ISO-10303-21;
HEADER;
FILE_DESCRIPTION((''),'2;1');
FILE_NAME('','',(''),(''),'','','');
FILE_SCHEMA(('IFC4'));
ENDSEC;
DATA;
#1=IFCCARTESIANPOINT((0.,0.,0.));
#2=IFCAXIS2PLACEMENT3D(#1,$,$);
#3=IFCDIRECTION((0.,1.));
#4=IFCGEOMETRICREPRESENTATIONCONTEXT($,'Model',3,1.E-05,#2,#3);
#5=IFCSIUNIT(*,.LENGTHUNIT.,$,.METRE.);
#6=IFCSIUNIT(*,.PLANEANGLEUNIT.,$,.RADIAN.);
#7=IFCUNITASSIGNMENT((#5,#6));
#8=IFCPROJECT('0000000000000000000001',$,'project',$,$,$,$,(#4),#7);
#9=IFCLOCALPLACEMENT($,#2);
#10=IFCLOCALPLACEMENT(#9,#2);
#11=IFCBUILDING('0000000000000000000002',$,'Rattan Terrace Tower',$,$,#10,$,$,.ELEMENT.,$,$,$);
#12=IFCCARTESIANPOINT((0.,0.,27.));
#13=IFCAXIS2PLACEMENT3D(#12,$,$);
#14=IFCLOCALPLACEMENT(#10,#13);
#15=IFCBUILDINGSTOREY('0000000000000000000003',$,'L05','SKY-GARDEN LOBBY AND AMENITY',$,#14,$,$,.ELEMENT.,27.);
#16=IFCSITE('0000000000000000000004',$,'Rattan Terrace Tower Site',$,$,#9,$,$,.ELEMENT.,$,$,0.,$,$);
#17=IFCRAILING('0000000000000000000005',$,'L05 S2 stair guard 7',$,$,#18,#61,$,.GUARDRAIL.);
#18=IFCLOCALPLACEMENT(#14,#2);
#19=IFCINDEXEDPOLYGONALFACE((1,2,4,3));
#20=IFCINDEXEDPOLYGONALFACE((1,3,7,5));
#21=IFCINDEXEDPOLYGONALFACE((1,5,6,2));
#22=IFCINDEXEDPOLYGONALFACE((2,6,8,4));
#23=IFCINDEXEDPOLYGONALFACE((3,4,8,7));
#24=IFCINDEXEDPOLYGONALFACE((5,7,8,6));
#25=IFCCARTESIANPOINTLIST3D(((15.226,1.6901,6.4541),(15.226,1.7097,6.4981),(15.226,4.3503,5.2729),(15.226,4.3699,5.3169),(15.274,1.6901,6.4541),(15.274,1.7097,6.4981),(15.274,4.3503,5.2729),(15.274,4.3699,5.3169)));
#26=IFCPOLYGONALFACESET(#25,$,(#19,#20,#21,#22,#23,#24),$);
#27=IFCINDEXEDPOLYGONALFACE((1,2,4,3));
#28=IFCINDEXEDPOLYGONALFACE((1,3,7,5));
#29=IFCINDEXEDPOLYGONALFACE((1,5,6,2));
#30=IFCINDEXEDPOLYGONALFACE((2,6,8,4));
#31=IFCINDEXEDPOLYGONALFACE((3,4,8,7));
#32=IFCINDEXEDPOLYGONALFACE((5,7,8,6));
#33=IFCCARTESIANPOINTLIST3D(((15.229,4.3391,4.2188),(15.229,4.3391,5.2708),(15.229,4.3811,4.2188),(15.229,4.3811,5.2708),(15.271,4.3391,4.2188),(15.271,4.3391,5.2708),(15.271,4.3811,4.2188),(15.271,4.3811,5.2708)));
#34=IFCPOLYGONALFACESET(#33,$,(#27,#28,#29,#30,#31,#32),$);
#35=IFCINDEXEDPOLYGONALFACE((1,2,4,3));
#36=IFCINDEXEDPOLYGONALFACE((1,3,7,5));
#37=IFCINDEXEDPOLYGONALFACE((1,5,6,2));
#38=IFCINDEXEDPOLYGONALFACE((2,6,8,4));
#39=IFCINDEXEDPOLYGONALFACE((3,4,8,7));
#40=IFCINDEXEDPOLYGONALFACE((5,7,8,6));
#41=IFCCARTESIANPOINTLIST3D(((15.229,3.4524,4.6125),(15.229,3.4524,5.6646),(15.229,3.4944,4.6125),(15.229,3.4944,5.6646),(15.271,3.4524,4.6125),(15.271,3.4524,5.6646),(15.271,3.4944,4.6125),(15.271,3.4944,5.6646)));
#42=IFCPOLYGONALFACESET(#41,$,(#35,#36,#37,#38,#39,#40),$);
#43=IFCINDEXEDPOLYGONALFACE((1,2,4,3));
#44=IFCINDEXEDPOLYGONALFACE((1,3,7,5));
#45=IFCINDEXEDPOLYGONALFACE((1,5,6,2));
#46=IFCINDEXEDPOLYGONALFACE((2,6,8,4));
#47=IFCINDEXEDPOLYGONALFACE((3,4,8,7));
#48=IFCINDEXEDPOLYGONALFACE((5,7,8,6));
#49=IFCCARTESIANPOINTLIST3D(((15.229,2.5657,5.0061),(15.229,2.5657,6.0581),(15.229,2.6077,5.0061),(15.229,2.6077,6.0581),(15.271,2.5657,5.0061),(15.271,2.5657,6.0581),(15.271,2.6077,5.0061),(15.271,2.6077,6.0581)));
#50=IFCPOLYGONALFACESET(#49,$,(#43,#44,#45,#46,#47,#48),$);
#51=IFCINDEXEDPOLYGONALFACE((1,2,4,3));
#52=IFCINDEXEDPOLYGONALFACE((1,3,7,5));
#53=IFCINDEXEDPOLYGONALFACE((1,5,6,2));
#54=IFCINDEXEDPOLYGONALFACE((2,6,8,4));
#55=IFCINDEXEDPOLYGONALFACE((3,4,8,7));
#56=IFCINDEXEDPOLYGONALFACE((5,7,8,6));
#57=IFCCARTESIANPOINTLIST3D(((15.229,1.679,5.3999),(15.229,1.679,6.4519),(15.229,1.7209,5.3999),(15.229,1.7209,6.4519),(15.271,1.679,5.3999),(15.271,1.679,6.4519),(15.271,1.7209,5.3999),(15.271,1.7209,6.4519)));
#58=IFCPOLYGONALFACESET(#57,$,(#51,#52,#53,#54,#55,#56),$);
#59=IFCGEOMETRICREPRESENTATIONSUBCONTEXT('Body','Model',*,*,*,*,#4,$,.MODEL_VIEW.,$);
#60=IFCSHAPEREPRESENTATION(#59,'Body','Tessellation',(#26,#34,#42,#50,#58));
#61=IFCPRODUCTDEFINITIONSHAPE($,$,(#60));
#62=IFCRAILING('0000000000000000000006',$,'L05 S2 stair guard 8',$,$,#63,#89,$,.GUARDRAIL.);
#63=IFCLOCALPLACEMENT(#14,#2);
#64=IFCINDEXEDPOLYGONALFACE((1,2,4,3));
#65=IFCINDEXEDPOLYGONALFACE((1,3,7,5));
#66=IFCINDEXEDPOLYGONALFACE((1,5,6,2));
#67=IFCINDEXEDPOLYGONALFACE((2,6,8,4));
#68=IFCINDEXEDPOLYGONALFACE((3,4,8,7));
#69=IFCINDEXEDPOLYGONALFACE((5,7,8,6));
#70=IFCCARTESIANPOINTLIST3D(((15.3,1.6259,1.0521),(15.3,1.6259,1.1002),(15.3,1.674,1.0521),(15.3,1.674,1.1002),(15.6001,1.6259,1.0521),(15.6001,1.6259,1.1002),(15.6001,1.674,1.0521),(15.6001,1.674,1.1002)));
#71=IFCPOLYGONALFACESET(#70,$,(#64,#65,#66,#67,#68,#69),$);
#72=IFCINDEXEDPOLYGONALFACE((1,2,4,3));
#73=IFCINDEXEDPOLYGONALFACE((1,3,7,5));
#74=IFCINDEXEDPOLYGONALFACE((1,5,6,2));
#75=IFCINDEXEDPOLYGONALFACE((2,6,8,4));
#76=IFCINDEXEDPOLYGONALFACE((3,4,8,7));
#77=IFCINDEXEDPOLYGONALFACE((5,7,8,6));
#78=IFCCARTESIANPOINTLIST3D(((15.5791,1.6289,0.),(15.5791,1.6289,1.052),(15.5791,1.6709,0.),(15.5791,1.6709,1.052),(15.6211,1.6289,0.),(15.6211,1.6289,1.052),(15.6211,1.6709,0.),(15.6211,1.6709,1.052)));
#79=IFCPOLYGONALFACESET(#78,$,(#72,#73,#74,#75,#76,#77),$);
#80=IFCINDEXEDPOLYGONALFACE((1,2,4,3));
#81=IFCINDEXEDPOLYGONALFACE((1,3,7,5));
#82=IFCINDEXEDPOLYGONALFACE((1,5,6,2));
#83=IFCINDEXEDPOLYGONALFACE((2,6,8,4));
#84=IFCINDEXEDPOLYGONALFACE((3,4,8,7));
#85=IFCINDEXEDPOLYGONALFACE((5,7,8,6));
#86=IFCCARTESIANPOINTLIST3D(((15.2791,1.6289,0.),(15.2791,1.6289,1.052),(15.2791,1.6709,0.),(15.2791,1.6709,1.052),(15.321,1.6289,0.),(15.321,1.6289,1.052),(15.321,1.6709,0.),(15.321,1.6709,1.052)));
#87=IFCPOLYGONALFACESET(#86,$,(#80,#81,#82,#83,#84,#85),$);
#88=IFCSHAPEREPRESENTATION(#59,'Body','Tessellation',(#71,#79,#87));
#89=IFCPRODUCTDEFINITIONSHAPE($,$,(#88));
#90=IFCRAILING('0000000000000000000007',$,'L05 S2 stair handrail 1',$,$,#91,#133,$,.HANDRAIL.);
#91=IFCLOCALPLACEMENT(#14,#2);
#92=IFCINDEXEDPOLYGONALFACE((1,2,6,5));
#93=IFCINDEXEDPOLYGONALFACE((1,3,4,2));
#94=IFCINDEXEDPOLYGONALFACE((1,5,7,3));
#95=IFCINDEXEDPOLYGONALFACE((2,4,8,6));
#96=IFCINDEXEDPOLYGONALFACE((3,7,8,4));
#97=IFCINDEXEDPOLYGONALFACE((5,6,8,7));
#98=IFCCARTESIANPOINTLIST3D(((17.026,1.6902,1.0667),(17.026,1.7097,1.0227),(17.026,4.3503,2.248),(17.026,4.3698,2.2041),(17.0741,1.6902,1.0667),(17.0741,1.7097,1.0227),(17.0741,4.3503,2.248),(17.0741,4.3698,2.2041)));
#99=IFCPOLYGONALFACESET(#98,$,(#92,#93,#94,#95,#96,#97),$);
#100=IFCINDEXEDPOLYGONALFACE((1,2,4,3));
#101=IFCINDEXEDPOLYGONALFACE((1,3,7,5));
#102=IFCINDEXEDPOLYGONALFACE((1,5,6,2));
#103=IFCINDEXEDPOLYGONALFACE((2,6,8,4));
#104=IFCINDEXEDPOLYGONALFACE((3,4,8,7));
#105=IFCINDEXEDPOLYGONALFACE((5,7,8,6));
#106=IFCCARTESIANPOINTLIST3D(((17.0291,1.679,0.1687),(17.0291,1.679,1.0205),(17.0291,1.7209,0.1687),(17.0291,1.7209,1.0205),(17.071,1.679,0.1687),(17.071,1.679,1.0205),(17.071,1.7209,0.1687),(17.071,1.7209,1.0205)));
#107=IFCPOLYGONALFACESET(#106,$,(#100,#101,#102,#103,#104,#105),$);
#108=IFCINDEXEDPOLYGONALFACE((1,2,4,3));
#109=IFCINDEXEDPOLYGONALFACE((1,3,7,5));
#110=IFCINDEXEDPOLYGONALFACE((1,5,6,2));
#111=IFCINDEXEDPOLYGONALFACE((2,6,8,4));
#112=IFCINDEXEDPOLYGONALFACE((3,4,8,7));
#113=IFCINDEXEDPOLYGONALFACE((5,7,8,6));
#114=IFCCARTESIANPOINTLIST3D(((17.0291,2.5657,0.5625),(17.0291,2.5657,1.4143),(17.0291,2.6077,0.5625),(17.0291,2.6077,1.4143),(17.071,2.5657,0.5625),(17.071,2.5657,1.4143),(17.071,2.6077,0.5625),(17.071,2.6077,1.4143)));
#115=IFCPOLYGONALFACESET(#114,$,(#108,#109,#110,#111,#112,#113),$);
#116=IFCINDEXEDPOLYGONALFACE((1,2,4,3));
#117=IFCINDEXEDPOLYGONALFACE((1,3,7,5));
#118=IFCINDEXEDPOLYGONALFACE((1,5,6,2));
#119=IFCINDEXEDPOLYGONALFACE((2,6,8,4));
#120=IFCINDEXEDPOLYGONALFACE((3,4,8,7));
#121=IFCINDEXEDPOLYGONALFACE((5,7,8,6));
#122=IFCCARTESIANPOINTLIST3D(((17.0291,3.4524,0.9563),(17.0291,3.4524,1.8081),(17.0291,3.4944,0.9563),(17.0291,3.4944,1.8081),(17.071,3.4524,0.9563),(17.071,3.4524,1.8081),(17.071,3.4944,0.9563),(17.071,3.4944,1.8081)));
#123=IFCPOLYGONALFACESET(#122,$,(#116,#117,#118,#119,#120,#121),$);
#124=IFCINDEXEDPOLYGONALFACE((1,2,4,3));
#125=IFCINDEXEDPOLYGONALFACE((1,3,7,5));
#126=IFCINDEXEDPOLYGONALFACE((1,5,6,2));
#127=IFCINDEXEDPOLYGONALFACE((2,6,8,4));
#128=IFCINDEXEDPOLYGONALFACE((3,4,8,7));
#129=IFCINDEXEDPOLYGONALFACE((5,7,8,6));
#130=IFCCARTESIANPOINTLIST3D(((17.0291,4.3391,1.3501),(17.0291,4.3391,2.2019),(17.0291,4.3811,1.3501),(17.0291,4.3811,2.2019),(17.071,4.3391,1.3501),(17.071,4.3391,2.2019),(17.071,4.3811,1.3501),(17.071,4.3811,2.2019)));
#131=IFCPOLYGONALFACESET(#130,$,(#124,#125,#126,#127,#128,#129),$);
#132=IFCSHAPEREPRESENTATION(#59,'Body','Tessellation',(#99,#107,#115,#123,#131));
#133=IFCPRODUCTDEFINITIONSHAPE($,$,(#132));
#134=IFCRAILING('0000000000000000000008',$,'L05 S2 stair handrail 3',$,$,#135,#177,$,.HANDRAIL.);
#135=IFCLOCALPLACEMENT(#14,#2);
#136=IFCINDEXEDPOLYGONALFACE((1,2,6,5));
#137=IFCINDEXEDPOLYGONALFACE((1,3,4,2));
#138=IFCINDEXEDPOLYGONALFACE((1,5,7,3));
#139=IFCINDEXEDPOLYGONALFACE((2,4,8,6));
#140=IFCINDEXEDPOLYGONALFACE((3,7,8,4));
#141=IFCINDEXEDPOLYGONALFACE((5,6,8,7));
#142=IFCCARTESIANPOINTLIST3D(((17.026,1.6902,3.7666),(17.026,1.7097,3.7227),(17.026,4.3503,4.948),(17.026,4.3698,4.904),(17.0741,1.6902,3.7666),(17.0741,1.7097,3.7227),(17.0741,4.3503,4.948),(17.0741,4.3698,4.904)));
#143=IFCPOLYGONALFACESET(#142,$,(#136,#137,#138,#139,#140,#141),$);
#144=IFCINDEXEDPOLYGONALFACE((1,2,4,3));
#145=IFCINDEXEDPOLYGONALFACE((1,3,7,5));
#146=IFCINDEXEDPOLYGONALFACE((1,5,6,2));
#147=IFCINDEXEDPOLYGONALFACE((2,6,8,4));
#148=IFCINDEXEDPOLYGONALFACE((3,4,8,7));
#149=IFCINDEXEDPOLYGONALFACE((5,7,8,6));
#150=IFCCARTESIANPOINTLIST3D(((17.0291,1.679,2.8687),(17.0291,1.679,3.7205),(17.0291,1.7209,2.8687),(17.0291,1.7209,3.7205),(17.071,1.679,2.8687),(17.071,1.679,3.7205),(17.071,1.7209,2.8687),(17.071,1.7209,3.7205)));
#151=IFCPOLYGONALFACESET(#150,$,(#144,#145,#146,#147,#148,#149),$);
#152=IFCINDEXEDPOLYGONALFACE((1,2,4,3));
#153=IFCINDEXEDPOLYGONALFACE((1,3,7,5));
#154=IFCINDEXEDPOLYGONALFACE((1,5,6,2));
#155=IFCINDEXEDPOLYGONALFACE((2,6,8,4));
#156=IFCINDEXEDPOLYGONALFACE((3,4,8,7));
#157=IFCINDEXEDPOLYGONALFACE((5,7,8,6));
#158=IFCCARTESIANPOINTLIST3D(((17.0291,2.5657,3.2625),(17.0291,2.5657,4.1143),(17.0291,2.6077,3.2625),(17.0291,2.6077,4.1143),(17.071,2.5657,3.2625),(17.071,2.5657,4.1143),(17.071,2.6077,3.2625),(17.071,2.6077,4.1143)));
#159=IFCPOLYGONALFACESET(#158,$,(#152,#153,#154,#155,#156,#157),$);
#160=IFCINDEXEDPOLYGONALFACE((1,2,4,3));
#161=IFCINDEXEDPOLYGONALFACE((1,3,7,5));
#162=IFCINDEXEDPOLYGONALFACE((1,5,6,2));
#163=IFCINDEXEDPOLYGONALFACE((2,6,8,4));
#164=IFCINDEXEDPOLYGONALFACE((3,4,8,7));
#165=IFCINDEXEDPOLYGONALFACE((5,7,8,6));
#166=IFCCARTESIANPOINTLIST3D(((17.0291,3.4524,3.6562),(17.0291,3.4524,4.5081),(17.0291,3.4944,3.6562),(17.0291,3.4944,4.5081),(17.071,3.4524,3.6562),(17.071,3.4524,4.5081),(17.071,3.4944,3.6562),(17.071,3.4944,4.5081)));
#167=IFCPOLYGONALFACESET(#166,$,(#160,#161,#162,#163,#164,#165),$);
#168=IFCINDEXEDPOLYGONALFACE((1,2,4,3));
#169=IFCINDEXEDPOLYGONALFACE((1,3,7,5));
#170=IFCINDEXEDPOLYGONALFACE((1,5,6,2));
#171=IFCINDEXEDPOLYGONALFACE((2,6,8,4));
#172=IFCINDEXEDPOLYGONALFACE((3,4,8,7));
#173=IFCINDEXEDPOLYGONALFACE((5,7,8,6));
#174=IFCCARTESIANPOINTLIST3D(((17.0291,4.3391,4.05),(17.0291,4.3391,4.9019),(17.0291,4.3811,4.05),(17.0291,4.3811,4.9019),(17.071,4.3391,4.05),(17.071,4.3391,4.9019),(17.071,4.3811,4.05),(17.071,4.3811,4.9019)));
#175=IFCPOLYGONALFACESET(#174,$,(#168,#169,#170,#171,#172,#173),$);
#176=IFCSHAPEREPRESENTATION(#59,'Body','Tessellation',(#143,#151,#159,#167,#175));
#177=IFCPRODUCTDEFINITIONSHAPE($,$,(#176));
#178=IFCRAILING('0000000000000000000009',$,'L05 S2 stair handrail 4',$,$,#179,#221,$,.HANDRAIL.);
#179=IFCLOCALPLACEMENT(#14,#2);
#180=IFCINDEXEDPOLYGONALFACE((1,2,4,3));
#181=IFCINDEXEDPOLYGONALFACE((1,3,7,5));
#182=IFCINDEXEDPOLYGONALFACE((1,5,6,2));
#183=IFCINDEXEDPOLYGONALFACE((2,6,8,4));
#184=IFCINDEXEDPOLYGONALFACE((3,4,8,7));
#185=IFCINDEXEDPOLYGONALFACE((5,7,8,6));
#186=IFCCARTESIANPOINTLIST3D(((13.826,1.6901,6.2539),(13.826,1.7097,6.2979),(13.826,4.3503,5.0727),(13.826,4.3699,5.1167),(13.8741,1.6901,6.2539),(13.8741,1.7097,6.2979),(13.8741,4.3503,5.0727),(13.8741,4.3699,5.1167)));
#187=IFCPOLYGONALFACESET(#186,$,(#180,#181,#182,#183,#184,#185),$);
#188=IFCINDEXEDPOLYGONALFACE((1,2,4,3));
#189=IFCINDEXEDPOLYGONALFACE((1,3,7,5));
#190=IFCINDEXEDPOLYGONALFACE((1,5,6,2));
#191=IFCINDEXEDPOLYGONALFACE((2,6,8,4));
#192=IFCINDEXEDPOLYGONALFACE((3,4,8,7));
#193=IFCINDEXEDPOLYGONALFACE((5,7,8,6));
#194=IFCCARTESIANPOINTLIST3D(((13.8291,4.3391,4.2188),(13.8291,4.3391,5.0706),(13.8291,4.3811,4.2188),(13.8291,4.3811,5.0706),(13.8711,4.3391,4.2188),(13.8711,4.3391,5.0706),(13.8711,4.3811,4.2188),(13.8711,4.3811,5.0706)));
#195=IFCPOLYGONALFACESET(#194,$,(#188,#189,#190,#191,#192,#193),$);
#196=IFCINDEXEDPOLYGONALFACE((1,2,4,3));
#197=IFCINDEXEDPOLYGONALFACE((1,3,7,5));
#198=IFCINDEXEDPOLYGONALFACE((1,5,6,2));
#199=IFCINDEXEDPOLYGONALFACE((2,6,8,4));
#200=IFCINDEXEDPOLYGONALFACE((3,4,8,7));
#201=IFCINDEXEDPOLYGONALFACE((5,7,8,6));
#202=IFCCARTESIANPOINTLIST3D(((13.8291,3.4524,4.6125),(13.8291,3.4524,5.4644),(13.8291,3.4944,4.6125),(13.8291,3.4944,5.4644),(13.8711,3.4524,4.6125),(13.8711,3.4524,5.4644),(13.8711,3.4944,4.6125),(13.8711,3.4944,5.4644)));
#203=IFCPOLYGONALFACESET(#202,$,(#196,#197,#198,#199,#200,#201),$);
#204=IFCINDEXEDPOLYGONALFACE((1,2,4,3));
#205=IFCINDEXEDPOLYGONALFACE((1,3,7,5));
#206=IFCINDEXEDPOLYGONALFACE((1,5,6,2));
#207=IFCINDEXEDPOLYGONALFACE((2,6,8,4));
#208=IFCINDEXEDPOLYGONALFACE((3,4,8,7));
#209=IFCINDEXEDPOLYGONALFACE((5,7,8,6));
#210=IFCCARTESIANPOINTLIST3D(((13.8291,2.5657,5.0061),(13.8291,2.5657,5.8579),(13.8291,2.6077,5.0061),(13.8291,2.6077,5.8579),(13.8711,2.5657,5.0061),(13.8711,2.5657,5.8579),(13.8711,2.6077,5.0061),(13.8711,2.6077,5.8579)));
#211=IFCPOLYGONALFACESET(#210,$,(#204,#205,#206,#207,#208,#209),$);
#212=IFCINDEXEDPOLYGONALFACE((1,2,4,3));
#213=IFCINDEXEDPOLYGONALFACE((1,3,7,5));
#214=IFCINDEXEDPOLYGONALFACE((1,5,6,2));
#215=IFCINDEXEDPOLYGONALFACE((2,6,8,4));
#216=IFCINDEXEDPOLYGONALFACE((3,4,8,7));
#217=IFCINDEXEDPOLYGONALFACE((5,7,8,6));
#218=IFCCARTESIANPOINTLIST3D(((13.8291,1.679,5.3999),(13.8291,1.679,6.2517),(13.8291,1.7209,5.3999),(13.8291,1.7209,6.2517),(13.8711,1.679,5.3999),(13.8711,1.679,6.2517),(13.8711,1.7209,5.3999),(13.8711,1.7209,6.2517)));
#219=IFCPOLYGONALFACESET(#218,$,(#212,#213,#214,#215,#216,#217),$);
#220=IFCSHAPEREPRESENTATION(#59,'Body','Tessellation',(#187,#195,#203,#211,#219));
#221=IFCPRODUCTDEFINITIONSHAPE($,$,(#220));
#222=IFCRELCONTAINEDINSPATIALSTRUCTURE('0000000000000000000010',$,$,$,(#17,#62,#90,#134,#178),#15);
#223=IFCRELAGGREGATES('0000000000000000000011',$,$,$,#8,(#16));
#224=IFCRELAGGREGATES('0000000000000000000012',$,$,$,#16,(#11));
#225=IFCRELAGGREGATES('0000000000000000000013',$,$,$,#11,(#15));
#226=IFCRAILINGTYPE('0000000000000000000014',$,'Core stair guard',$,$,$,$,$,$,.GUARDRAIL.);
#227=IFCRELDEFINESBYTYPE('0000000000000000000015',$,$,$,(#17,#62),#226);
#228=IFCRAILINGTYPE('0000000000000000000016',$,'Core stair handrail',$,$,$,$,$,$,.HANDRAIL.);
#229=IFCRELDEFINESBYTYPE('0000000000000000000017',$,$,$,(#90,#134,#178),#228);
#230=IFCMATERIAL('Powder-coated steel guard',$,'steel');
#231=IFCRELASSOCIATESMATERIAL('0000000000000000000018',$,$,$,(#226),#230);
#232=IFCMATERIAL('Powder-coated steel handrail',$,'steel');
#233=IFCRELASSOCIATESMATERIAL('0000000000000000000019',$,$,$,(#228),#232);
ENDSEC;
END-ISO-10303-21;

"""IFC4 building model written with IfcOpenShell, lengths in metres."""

from ifc_helpers import new_model, si_unit, direction, frame, origin, origin_2d, place, context, subcontext, project, spatial, rectangle, extrude, material, type_object, element, save


model = new_model("IFC4")

# Units and contexts
model_context = context("Model", 3, precision=1e-05, world=origin(), true_north=direction((0.0, 1.0)))
body_context = subcontext(model_context, "Body", "Model", "MODEL_VIEW")
ifc_project = project(units=[si_unit("LENGTHUNIT", "METRE"), si_unit("PLANEANGLEUNIT", "RADIAN")], contexts=[model_context])

# Site, building, storey
site_placement = place(None, origin())
site = spatial("IfcSite", under=ifc_project, at=site_placement, Name="Rattan Terrace Tower Site", CompositionType="ELEMENT", RefElevation=0.0)
building_placement = place(site_placement, origin())
building = spatial("IfcBuilding", under=site, at=building_placement, Name="Rattan Terrace Tower", CompositionType="ELEMENT")
storey_placement = place(building_placement, frame((0.0, 0.0, 27.0)))
storey = spatial("IfcBuildingStorey", under=building, at=storey_placement, Name="L05", Description="SKY-GARDEN LOBBY AND AMENITY", CompositionType="ELEMENT", Elevation=27.0)

# Railings
ifc_material_1 = material(Name="Powder-coated steel guard", Category="steel")
railing_type_1 = type_object("IfcRailingType", Name="Core stair guard", PredefinedType="GUARDRAIL", material=ifc_material_1)
railing_1_placement = place(storey_placement, frame((15.25, 4.3601, 4.2188)))
element("IfcRailing", 1, at=railing_1_placement, inside=storey, type_object=railing_type_1, Name="L05 S2 stair guard 7", PredefinedType="GUARDRAIL", context=body_context, shape_type="SweptSolid", body=[
    extrude(rectangle(XDim=0.0481, YDim=0.0481, at=origin_2d()), frame((0.0, 0.0, 1.0762), z_axis=(0.0, -0.913957, 0.405812), x_axis=(1.0, 0.0, 0.0)), (0.0, 0.0, 1.0), 2.9106),
    extrude(rectangle(XDim=0.042, YDim=0.042, at=origin_2d()), origin(), (0.0, 0.0, 1.0), 1.052),
    extrude(rectangle(XDim=0.042, YDim=0.042, at=origin_2d()), frame((0.0, -0.8867, 0.3938)), (0.0, 0.0, 1.0), 1.052),
    extrude(rectangle(XDim=0.042, YDim=0.042, at=origin_2d()), frame((0.0, -1.7734, 0.7874)), (0.0, 0.0, 1.0), 1.052),
    extrude(rectangle(XDim=0.042, YDim=0.042, at=origin_2d()), frame((0.0, -2.6602, 1.1812)), (0.0, 0.0, 1.0), 1.052),
])
railing_2_placement = place(storey_placement, frame((15.6001, 1.6499, 0.0)))
element("IfcRailing", 2, at=railing_2_placement, inside=storey, type_object=railing_type_1, Name="L05 S2 stair guard 8", PredefinedType="GUARDRAIL", context=body_context, shape_type="SweptSolid", body=[
    extrude(rectangle(XDim=0.0481, YDim=0.0481, at=origin_2d()), frame((0.0, 0.0, 1.0762), z_axis=(-1.0, 0.0, 0.0), x_axis=(0.0, -1.0, 0.0)), (0.0, 0.0, 1.0), 0.3),
    extrude(rectangle(XDim=0.042, YDim=0.042, at=origin_2d()), origin(), (0.0, 0.0, 1.0), 1.052),
    extrude(rectangle(XDim=0.042, YDim=0.042, at=origin_2d()), frame((-0.3, 0.0, 0.0)), (0.0, 0.0, 1.0), 1.052),
])
ifc_material_2 = material(Name="Powder-coated steel handrail", Category="steel")
railing_type_2 = type_object("IfcRailingType", Name="Core stair handrail", PredefinedType="HANDRAIL", material=ifc_material_2)
for number, where, name in (
    (3, (17.05, 1.7, 0.1687), "L05 S2 stair handrail 1"),
    (4, (17.05, 1.7, 2.8687), "L05 S2 stair handrail 3"),
):
    element("IfcRailing", number, at=place(storey_placement, frame(where)), inside=storey, type_object=railing_type_2, Name=name, PredefinedType="HANDRAIL", context=body_context, shape_type="SweptSolid", body=[
        extrude(rectangle(XDim=0.0481, YDim=0.0481, at=origin_2d()), frame((0.0, 0.0, 0.876), z_axis=(0.0, 0.913926, 0.405882), x_axis=(-1.0, 0.0, 0.0)), (0.0, 0.0, 1.0), 2.9106),
        extrude(rectangle(XDim=0.042, YDim=0.042, at=origin_2d()), origin(), (0.0, 0.0, 1.0), 0.8518),
        extrude(rectangle(XDim=0.042, YDim=0.042, at=origin_2d()), frame((0.0, 0.8867, 0.3938)), (0.0, 0.0, 1.0), 0.8518),
        extrude(rectangle(XDim=0.042, YDim=0.042, at=origin_2d()), frame((0.0, 1.7734, 0.7876)), (0.0, 0.0, 1.0), 0.8518),
        extrude(rectangle(XDim=0.042, YDim=0.042, at=origin_2d()), frame((0.0, 2.6602, 1.1814)), (0.0, 0.0, 1.0), 0.8518),
    ])
railing_3_placement = place(storey_placement, frame((13.8501, 4.3601, 4.2188)))
element("IfcRailing", 5, at=railing_3_placement, inside=storey, type_object=railing_type_2, Name="L05 S2 stair handrail 4", PredefinedType="HANDRAIL", context=body_context, shape_type="SweptSolid", body=[
    extrude(rectangle(XDim=0.0481, YDim=0.0481, at=origin_2d()), frame((0.0, 0.0, 0.876), z_axis=(0.0, -0.913957, 0.405812), x_axis=(1.0, 0.0, 0.0)), (0.0, 0.0, 1.0), 2.9106),
    extrude(rectangle(XDim=0.042, YDim=0.042, at=origin_2d()), origin(), (0.0, 0.0, 1.0), 0.8518),
    extrude(rectangle(XDim=0.042, YDim=0.042, at=origin_2d()), frame((0.0, -0.8867, 0.3938)), (0.0, 0.0, 1.0), 0.8518),
    extrude(rectangle(XDim=0.042, YDim=0.042, at=origin_2d()), frame((0.0, -1.7734, 0.7874)), (0.0, 0.0, 1.0), 0.8518),
    extrude(rectangle(XDim=0.042, YDim=0.042, at=origin_2d()), frame((0.0, -2.6602, 1.1812)), (0.0, 0.0, 1.0), 0.8518),
])

save(model, "model.ifc")
